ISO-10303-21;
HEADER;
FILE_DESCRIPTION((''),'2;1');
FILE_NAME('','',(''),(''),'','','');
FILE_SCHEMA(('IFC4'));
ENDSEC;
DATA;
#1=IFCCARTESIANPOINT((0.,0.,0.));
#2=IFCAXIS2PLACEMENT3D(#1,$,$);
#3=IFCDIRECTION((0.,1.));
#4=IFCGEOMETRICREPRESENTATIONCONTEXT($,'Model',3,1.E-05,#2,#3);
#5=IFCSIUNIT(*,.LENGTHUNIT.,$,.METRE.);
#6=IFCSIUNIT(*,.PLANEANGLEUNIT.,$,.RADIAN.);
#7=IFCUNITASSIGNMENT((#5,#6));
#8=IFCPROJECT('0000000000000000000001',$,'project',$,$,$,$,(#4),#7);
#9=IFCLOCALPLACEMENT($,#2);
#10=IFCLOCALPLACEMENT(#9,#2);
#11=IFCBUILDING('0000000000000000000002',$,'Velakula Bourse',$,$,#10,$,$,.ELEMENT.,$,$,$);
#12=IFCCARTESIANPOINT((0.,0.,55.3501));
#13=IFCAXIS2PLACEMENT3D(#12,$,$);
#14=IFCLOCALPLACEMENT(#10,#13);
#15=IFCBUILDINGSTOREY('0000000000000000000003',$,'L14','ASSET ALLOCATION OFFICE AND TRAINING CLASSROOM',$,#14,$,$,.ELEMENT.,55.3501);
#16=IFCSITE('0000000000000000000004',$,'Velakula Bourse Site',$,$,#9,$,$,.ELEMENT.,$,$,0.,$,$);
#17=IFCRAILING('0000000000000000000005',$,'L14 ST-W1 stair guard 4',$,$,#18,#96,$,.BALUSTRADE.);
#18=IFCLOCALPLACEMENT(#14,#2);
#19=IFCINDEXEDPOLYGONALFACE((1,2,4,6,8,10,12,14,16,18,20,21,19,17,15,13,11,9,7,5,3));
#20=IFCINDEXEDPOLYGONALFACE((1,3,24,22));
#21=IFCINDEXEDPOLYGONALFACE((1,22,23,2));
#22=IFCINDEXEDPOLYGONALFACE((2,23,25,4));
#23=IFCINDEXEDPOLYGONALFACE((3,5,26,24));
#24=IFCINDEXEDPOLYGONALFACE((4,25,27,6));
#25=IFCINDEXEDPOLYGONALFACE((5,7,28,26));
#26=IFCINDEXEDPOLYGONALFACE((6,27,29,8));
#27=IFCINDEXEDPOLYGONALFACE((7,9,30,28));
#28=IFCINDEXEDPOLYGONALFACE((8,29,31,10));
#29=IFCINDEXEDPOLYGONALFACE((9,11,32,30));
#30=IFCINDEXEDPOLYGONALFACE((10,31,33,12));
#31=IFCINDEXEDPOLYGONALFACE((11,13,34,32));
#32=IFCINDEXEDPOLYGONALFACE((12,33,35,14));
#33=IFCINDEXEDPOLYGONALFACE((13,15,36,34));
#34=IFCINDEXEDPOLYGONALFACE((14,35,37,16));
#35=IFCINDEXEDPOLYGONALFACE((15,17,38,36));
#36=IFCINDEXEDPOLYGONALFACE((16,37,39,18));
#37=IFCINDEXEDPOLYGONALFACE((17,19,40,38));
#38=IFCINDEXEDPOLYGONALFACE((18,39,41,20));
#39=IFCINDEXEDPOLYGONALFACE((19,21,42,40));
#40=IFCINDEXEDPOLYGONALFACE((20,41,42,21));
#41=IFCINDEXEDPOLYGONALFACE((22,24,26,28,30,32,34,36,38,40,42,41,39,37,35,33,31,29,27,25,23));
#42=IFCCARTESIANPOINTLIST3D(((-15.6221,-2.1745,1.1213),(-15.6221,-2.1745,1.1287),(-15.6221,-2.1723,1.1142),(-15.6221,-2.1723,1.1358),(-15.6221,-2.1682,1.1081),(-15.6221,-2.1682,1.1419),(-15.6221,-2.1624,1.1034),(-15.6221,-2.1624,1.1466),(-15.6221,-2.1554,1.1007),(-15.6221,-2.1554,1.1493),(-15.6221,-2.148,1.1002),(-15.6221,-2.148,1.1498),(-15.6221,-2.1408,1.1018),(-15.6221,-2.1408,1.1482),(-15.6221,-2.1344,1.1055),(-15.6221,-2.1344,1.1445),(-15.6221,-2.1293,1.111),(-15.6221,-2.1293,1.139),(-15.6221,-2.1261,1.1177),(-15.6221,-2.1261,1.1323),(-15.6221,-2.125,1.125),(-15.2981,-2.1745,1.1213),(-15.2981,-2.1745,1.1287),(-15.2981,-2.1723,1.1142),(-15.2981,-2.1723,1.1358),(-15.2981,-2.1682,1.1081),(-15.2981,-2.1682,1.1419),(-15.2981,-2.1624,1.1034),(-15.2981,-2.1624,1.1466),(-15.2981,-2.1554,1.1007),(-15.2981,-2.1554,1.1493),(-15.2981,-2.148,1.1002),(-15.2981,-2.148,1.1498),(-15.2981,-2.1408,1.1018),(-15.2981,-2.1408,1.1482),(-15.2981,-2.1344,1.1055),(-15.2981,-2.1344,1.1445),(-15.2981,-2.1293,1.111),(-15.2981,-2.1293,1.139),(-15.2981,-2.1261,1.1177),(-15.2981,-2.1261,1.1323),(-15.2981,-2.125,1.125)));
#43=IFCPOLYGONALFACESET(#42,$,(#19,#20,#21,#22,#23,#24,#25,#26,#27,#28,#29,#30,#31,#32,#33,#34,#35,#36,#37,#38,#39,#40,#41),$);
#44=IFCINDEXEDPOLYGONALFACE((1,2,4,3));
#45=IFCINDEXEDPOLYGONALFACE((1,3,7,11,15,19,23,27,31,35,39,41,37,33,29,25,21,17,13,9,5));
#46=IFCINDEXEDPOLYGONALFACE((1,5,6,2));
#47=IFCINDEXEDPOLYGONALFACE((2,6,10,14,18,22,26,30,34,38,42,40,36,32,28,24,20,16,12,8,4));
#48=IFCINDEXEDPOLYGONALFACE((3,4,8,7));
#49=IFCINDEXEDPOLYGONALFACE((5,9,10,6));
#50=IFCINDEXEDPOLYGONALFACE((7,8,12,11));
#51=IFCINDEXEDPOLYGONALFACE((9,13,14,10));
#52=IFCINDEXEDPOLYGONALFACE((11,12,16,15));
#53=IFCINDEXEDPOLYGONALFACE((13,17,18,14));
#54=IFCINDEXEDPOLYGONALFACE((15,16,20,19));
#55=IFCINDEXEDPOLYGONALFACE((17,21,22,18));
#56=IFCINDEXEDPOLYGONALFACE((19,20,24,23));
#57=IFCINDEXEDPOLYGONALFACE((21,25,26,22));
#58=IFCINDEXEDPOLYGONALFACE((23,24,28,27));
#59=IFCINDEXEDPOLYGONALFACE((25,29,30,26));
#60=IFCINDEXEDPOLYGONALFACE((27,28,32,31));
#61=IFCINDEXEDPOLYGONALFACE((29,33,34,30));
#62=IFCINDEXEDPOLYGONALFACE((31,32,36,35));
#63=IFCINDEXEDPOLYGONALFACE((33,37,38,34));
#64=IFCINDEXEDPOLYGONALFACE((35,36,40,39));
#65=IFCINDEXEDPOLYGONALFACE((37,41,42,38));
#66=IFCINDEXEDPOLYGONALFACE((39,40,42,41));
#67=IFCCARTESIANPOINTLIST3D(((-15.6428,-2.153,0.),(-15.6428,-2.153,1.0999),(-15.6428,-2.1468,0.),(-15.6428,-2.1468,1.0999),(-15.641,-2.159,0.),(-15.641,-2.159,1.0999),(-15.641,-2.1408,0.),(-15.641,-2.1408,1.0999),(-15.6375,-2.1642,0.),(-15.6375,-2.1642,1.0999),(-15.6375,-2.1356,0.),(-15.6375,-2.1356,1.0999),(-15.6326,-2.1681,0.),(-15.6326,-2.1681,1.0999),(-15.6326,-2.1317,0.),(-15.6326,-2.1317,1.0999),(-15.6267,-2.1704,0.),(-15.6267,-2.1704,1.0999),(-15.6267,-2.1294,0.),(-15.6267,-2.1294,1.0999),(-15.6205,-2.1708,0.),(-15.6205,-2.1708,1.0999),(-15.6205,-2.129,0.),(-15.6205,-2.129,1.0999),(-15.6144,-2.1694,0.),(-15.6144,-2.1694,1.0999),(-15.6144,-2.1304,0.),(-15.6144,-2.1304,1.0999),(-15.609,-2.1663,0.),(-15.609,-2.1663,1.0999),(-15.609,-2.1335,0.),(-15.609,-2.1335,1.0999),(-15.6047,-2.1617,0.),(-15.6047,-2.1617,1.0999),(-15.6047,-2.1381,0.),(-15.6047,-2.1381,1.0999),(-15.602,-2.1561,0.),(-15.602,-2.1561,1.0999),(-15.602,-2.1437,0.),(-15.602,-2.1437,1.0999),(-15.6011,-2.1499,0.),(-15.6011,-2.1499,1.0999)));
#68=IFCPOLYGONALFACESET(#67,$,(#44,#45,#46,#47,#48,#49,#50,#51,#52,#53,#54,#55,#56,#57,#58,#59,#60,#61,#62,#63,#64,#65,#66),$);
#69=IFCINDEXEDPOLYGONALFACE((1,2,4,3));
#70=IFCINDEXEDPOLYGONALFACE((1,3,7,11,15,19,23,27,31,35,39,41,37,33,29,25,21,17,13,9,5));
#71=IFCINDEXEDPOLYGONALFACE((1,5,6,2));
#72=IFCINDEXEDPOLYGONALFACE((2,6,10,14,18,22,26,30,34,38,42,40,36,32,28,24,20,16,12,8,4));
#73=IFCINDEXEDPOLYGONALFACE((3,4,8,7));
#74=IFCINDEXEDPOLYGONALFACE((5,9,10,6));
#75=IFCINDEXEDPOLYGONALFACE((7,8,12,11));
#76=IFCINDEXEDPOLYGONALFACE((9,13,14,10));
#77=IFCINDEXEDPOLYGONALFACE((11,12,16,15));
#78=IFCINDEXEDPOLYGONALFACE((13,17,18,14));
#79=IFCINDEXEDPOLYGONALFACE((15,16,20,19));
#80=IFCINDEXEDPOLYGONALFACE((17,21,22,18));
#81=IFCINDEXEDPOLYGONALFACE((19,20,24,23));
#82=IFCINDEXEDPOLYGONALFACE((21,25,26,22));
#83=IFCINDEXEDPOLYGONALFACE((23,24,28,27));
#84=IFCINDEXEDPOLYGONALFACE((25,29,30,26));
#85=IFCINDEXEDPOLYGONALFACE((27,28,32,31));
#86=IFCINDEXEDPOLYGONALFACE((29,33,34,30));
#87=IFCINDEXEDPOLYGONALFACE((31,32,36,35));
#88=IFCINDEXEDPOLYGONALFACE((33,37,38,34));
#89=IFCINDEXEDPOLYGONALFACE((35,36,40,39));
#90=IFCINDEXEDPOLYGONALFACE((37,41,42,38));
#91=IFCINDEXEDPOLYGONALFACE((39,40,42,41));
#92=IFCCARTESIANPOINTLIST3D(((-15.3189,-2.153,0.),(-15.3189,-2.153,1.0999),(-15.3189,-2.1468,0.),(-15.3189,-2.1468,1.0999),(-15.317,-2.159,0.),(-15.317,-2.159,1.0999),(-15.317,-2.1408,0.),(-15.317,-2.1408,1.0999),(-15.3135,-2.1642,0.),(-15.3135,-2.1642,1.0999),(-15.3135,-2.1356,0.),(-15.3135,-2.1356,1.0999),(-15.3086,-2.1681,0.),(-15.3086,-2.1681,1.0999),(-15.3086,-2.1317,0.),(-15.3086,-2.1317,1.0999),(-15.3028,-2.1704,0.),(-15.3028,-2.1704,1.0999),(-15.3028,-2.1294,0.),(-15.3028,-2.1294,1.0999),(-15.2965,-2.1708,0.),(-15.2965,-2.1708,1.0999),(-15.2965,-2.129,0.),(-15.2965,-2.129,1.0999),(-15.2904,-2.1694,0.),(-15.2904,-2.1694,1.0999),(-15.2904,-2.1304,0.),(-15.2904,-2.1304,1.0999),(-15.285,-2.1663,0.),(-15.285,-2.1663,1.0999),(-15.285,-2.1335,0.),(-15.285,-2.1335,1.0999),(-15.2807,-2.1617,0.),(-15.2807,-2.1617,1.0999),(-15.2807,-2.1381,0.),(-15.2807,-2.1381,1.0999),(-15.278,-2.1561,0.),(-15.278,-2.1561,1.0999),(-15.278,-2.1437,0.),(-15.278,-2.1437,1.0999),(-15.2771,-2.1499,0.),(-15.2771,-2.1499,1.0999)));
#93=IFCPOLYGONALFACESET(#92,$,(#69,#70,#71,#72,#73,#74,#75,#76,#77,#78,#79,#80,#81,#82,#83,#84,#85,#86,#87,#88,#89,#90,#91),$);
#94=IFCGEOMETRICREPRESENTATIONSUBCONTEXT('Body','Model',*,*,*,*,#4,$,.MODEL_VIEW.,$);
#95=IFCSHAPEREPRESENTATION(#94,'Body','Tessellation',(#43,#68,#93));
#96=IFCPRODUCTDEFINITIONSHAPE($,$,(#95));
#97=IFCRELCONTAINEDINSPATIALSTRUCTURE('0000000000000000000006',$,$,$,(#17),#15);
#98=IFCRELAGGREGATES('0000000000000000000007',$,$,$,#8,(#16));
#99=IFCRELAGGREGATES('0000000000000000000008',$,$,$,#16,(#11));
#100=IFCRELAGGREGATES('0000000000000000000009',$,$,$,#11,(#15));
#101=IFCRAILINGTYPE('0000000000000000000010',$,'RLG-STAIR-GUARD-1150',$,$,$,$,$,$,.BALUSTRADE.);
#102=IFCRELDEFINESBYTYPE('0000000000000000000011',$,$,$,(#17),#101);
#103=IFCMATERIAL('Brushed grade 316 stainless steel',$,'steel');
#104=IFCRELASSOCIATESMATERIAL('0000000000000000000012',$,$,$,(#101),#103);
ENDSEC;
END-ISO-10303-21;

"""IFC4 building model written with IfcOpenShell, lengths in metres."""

from ifc_helpers import new_model, si_unit, direction, frame, origin, origin_2d, place, context, subcontext, project, spatial, circle, extrude, material, type_object, element, save


model = new_model("IFC4")

# Units and contexts
model_context = context("Model", 3, precision=1e-05, world=origin(), true_north=direction((0.0, 1.0)))
body_context = subcontext(model_context, "Body", "Model", "MODEL_VIEW")
ifc_project = project(units=[si_unit("LENGTHUNIT", "METRE"), si_unit("PLANEANGLEUNIT", "RADIAN")], contexts=[model_context])

# Site, building, storey
site_placement = place(None, origin())
site = spatial("IfcSite", under=ifc_project, at=site_placement, Name="Velakula Bourse Site", CompositionType="ELEMENT", RefElevation=0.0)
building_placement = place(site_placement, origin())
building = spatial("IfcBuilding", under=site, at=building_placement, Name="Velakula Bourse", CompositionType="ELEMENT")
storey_placement = place(building_placement, frame((0.0, 0.0, 55.3501)))
storey = spatial("IfcBuildingStorey", under=building, at=storey_placement, Name="L14", Description="ASSET ALLOCATION OFFICE AND TRAINING CLASSROOM", CompositionType="ELEMENT", Elevation=55.3501)

# Shared definitions
ifc_material_1 = material(Name="Brushed grade 316 stainless steel", Category="steel")

# Railing
railing_type_1 = type_object("IfcRailingType", Name="RLG-STAIR-GUARD-1150", PredefinedType="BALUSTRADE", material=ifc_material_1)
railing_1_placement = place(storey_placement, frame((-15.6221, -2.1499, 0.0)))
element("IfcRailing", 1, at=railing_1_placement, inside=storey, type_object=railing_type_1, Name="L14 ST-W1 stair guard 4", PredefinedType="BALUSTRADE", context=body_context, shape_type="SweptSolid", body=[
    extrude(circle(Radius=0.0249, at=origin_2d()), frame((0.0, 0.0, 1.125), z_axis=(1.0, 0.0, 0.0), x_axis=(0.0, 1.0, 0.0)), (0.0, 0.0, 1.0), 0.324),
    extrude(circle(Radius=0.021, at=origin_2d()), origin(), (0.0, 0.0, 1.0), 1.0999),
    extrude(circle(Radius=0.021, at=origin_2d()), frame((0.324, 0.0, 0.0)), (0.0, 0.0, 1.0), 1.0999),
])

save(model, "model.ifc")
